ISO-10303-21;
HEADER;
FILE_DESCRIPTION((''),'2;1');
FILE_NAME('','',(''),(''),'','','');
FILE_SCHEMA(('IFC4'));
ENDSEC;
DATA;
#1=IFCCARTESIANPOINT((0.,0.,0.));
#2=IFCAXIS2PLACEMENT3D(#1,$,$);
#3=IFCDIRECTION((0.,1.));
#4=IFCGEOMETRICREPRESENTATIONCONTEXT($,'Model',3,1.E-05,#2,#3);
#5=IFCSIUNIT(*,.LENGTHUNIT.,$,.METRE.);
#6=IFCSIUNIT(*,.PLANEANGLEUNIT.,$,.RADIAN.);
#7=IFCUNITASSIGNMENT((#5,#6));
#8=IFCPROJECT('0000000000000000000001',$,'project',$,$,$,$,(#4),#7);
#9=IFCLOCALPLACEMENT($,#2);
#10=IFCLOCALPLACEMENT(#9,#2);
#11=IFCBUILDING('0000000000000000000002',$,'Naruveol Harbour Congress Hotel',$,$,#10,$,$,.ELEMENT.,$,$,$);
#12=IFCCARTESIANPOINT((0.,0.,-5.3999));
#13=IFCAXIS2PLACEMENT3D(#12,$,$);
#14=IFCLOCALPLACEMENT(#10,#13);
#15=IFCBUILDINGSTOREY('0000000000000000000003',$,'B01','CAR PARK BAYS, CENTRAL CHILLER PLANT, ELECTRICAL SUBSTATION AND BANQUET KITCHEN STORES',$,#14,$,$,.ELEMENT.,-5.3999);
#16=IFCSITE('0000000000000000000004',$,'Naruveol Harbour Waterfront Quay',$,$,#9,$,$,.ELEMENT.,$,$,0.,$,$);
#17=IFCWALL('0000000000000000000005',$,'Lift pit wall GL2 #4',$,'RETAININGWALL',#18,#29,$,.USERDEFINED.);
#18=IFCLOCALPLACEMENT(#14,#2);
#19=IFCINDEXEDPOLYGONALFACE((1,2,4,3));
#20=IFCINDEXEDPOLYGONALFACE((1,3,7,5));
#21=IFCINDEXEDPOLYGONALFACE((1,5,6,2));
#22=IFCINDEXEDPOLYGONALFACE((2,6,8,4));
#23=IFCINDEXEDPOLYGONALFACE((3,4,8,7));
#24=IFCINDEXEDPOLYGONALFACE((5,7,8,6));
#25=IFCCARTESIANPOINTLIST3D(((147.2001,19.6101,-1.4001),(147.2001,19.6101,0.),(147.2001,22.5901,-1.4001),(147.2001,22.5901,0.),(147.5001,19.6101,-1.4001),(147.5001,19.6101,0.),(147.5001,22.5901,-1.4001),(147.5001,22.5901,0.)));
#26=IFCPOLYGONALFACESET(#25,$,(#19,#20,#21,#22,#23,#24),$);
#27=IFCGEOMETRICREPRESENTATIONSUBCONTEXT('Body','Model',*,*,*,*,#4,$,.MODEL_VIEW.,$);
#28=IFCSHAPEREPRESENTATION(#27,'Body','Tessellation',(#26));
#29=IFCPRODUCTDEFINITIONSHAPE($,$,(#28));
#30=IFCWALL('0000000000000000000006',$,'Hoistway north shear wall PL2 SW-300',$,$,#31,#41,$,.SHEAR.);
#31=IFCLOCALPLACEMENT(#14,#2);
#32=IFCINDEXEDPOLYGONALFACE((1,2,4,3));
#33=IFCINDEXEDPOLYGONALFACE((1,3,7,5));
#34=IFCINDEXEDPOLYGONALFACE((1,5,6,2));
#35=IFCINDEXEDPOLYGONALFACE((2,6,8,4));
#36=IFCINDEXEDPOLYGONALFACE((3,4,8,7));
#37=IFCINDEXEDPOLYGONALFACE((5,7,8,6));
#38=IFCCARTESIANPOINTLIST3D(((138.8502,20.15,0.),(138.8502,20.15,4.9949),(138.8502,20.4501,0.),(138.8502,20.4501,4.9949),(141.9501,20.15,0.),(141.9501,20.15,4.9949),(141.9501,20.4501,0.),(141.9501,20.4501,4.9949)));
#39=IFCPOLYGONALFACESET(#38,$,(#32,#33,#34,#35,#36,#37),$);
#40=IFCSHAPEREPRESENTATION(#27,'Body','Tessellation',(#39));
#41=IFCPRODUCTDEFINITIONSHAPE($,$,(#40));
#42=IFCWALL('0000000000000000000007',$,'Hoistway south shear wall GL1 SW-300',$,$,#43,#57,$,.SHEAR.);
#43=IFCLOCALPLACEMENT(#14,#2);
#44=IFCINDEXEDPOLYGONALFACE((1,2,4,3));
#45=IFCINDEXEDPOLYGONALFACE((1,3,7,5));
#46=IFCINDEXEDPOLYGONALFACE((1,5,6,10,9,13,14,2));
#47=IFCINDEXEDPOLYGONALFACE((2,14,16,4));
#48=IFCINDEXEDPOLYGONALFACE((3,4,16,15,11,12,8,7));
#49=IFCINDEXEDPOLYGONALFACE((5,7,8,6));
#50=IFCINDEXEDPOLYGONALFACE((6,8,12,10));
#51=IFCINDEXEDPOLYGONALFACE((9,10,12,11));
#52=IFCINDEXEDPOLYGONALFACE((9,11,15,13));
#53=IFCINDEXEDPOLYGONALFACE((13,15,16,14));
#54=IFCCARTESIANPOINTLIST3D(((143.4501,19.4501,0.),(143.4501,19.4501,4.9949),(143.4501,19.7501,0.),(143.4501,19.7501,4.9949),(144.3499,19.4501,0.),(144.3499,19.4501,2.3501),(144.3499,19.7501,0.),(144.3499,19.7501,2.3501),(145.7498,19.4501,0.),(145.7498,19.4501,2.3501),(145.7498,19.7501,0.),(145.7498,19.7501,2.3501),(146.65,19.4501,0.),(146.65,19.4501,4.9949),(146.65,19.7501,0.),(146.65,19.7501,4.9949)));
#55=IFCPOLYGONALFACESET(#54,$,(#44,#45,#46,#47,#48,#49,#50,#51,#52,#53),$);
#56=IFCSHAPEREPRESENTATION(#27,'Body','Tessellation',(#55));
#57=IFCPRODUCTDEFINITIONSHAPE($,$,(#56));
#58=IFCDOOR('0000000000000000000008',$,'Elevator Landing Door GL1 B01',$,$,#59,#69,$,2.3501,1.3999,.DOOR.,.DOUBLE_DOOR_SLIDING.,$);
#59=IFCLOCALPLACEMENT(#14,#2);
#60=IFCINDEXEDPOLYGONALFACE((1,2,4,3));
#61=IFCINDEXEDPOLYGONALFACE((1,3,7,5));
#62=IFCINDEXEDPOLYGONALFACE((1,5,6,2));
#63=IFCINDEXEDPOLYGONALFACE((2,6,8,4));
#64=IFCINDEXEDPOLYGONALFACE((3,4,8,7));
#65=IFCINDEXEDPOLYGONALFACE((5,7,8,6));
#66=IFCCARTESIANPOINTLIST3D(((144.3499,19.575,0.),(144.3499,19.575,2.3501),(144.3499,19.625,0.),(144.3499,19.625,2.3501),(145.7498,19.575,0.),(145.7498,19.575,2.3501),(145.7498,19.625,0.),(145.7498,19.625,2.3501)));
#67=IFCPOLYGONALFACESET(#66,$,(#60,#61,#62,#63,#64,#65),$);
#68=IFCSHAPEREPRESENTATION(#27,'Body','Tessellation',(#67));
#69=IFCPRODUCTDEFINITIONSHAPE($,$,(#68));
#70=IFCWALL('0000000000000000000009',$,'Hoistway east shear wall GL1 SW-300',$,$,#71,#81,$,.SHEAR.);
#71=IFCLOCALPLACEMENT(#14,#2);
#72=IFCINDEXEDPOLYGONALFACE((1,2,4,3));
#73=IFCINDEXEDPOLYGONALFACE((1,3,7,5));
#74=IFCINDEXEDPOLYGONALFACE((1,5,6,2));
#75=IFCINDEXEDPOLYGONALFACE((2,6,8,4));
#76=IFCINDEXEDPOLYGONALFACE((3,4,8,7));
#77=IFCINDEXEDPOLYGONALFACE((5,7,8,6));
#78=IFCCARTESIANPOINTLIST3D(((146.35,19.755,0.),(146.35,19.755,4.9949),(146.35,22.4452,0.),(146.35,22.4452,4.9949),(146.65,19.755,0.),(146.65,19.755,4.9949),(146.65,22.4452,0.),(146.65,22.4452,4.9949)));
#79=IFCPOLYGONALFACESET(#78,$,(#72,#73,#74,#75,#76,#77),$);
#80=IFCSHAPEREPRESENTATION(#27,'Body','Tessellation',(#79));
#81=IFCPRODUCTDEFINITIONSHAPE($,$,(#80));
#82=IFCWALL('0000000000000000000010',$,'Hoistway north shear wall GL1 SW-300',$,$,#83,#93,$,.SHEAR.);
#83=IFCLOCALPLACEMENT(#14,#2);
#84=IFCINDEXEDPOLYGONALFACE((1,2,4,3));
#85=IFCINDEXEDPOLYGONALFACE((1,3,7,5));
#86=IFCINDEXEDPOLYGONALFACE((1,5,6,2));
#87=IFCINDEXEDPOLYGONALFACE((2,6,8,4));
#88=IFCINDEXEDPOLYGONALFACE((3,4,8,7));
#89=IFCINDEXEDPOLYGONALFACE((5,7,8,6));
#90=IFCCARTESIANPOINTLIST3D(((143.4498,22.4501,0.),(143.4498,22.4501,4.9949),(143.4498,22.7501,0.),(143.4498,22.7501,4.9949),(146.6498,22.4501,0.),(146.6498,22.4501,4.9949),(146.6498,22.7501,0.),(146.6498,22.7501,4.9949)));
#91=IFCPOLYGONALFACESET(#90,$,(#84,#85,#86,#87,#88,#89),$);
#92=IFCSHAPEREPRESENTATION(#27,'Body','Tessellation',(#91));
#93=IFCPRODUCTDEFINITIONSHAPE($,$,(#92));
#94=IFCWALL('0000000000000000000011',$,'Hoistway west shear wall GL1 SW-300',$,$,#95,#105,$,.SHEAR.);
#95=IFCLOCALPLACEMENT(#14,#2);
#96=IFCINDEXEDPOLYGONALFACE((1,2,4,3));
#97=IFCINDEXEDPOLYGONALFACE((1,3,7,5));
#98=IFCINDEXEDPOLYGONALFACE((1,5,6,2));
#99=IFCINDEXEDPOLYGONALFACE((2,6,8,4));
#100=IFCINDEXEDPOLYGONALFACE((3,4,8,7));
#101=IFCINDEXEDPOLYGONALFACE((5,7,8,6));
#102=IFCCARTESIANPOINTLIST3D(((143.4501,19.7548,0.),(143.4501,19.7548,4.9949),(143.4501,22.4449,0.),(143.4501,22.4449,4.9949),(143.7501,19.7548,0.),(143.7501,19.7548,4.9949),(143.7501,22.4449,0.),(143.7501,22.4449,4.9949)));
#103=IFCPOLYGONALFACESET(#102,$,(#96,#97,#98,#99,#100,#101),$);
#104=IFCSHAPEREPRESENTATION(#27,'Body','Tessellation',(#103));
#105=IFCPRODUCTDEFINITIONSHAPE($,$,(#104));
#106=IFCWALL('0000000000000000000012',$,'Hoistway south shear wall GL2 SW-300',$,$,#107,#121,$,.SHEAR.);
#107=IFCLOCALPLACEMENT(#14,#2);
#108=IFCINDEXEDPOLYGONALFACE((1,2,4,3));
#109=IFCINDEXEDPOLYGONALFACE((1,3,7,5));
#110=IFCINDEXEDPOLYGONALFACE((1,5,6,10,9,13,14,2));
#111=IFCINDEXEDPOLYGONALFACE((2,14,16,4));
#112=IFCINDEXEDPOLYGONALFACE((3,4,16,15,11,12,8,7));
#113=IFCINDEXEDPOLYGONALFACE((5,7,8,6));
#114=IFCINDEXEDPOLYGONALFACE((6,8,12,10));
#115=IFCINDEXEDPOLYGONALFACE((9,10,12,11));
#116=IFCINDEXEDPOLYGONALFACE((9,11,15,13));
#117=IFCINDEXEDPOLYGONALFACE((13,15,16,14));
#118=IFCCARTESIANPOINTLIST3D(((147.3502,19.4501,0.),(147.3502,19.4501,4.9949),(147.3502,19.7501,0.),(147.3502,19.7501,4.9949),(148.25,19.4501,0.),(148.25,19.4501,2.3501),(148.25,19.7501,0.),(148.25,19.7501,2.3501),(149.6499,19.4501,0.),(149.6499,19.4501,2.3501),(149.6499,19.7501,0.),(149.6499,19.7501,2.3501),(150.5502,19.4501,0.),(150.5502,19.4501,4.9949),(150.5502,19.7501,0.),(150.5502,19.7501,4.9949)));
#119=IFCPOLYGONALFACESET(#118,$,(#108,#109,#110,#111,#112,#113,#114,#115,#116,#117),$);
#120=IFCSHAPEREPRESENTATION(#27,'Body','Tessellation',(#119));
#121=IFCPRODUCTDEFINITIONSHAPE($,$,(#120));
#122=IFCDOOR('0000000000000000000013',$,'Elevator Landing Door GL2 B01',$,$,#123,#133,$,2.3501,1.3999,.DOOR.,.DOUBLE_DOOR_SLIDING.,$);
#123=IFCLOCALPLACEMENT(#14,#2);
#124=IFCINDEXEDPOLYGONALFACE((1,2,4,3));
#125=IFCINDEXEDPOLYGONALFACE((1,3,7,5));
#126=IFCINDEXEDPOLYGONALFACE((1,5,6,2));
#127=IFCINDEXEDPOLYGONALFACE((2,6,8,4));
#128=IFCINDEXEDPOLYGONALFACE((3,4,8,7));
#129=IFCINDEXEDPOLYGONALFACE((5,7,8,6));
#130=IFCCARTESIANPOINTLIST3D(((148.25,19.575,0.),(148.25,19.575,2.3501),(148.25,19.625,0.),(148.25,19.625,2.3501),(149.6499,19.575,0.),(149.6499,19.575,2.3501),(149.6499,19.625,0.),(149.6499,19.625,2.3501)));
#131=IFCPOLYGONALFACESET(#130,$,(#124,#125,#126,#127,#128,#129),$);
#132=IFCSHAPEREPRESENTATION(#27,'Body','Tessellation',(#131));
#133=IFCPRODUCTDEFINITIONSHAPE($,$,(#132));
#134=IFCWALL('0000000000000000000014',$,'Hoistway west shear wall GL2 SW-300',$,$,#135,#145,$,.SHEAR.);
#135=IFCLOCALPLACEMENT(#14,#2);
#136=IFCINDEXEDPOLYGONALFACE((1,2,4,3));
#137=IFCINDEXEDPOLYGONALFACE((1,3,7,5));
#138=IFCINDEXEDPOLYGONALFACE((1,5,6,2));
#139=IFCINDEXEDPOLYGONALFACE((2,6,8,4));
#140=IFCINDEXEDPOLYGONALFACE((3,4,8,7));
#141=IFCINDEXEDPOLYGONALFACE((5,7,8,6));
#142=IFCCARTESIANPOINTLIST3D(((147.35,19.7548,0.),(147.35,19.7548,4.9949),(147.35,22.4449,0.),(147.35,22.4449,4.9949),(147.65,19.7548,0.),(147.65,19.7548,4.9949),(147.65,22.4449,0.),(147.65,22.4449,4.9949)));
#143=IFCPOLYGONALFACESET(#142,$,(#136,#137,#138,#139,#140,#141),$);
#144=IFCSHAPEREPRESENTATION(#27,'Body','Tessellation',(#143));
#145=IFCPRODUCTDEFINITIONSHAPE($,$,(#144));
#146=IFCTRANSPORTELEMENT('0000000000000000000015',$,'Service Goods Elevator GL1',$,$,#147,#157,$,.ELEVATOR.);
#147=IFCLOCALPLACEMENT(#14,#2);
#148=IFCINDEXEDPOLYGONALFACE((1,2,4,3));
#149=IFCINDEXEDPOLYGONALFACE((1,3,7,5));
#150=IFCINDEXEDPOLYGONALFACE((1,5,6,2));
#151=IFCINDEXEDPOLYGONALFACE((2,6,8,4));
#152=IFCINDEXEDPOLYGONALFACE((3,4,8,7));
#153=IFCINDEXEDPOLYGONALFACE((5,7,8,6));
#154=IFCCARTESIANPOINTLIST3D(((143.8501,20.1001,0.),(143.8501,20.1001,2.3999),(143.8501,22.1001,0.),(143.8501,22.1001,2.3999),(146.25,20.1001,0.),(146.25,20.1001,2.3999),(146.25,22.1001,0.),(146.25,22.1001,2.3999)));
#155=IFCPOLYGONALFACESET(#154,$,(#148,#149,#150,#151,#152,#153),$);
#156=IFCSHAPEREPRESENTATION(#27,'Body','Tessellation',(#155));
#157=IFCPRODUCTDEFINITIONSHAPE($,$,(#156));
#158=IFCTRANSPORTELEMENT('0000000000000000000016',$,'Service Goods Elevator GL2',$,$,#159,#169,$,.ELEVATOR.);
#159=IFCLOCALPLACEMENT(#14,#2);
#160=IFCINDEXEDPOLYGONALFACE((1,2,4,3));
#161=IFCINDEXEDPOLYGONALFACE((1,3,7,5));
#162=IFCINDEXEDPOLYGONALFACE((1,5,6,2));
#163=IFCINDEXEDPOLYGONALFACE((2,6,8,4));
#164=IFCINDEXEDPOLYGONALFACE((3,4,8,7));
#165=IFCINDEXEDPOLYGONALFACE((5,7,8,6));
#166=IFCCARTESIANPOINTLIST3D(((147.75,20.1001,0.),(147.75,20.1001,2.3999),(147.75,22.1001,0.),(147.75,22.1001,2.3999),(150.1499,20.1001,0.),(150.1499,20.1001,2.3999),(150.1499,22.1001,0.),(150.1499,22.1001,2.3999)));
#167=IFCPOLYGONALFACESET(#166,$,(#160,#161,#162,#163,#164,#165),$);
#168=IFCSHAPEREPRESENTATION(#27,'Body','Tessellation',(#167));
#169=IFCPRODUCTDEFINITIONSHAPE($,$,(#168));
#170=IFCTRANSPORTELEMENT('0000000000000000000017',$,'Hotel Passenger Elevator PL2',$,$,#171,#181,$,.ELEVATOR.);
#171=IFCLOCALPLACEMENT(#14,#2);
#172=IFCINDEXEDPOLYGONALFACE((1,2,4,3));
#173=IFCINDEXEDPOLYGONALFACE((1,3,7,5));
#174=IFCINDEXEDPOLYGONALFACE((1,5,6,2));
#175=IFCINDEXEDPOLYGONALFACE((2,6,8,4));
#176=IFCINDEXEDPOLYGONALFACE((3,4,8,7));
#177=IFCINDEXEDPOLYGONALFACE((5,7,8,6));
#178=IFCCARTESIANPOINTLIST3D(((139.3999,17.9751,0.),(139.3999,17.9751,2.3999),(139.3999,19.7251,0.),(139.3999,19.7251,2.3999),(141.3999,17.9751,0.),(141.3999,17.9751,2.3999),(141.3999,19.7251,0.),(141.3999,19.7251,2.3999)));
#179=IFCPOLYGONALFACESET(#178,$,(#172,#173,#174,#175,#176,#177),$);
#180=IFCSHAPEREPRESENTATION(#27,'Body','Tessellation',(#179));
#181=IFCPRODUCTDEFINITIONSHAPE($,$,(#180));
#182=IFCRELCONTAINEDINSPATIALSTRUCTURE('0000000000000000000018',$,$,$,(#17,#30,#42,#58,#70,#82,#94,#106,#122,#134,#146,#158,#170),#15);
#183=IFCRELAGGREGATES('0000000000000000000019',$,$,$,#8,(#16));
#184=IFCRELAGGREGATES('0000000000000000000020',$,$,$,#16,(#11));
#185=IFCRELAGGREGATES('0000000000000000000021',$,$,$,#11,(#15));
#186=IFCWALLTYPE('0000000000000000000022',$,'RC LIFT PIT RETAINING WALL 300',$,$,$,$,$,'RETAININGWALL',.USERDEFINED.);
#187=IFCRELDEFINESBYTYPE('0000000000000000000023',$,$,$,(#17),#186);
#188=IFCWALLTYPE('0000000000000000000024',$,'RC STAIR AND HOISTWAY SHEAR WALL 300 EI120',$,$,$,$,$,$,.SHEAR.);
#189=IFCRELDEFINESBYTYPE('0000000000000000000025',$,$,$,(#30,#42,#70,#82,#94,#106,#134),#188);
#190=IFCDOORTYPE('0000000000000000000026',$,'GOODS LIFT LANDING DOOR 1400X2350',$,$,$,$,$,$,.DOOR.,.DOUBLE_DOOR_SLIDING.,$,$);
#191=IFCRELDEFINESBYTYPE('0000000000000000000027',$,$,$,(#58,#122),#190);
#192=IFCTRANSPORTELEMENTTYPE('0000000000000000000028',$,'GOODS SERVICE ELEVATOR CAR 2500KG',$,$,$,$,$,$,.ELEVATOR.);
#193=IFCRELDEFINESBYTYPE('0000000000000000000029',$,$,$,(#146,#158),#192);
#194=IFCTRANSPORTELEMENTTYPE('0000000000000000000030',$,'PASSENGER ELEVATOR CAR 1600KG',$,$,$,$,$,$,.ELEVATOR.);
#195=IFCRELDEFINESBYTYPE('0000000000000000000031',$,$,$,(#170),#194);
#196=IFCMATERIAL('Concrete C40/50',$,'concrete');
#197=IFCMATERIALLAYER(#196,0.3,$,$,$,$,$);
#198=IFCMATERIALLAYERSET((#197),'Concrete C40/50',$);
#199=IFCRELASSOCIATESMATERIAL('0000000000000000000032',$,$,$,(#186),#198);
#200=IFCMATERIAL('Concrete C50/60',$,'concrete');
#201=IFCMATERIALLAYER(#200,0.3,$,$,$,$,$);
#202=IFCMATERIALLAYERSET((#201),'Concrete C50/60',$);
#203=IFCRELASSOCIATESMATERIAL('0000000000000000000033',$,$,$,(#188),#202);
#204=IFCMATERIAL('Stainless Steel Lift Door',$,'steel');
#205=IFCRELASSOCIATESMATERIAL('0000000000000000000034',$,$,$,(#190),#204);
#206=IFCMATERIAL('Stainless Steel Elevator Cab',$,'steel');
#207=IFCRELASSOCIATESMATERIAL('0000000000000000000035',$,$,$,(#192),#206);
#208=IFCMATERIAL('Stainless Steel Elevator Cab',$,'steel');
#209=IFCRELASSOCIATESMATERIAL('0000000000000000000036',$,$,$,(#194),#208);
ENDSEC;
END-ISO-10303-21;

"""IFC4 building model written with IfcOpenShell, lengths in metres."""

from ifc_helpers import new_model, si_unit, direction, frame, frame_2d, origin, origin_2d, place, context, subcontext, project, spatial, rectangle, extrude, material, layer, layer_set, type_object, element, fill, save


model = new_model("IFC4")

# Units and contexts
model_context = context("Model", 3, precision=1e-05, world=origin(), true_north=direction((0.0, 1.0)))
body_context = subcontext(model_context, "Body", "Model", "MODEL_VIEW")
ifc_project = project(units=[si_unit("LENGTHUNIT", "METRE"), si_unit("PLANEANGLEUNIT", "RADIAN")], contexts=[model_context])

# Site, building, storey
site_placement = place(None, origin())
site = spatial("IfcSite", under=ifc_project, at=site_placement, Name="Naruveol Harbour Waterfront Quay", CompositionType="ELEMENT", RefElevation=0.0)
building_placement = place(site_placement, origin())
building = spatial("IfcBuilding", under=site, at=building_placement, Name="Naruveol Harbour Congress Hotel", CompositionType="ELEMENT")
storey_placement = place(building_placement, frame((0.0, 0.0, -5.3999)))
storey = spatial("IfcBuildingStorey", under=building, at=storey_placement, Name="B01", Description="CAR PARK BAYS, CENTRAL CHILLER PLANT, ELECTRICAL SUBSTATION AND BANQUET KITCHEN STORES", CompositionType="ELEMENT", Elevation=-5.3999)

# Walls
ifc_material_1 = material(Name="Concrete C40/50", Category="concrete")
ifc_layer_1 = layer(ifc_material_1, 0.3)
ifc_layer_set_1 = layer_set([ifc_layer_1], Name="Concrete C40/50")
wall_type_1 = type_object("IfcWallType", Name="RC LIFT PIT RETAINING WALL 300", ElementType="RETAININGWALL", PredefinedType="USERDEFINED", material=ifc_layer_set_1)
wall_1_placement = place(storey_placement, frame((147.3501, 22.5901, -1.4001), z_axis=(0.0, 0.0, 1.0), x_axis=(0.0, -1.0, 0.0)))
element("IfcWall", 1, at=wall_1_placement, inside=storey, type_object=wall_type_1, Name="Lift pit wall GL2 #4", ObjectType="RETAININGWALL", PredefinedType="USERDEFINED", context=body_context, shape_type="SweptSolid", body=[
    extrude(rectangle(XDim=2.98, YDim=0.3, at=frame_2d((1.49, 0.0))), origin(), (0.0, 0.0, 1.0), 1.4001),
])
ifc_material_2 = material(Name="Concrete C50/60", Category="concrete")
ifc_layer_2 = layer(ifc_material_2, 0.3)
ifc_layer_set_2 = layer_set([ifc_layer_2], Name="Concrete C50/60")
wall_type_2 = type_object("IfcWallType", Name="RC STAIR AND HOISTWAY SHEAR WALL 300 EI120", PredefinedType="SHEAR", material=ifc_layer_set_2)
wall_2_placement = place(storey_placement, frame((141.95, 20.3, 0.0), z_axis=(0.0, 0.0, 1.0), x_axis=(-1.0, 0.0, 0.0)))
element("IfcWall", 2, at=wall_2_placement, inside=storey, type_object=wall_type_2, Name="Hoistway north shear wall PL2 SW-300", PredefinedType="SHEAR", context=body_context, shape_type="SweptSolid", body=[
    extrude(rectangle(XDim=3.0999, YDim=0.3, at=frame_2d((1.5498, 0.0))), origin(), (0.0, 0.0, 1.0), 4.9949),
])

# Wall, opening, door
wall_3_placement = place(storey_placement, frame((143.45, 19.6001, 0.0), z_axis=(0.0, 0.0, 1.0), x_axis=(1.0, 0.0, 0.0)))
wall_3 = element("IfcWall", 3, at=wall_3_placement, inside=storey, type_object=wall_type_2, Name="Hoistway south shear wall GL1 SW-300", PredefinedType="SHEAR", context=body_context, shape_type="SweptSolid", body=[
    extrude(rectangle(XDim=3.2, YDim=0.3, at=frame_2d((1.6001, 0.0))), origin(), (0.0, 0.0, 1.0), 4.9949),
])
opening_1_placement = place(wall_3_placement, frame((0.8999, 0.0, 0.0)))
opening_1 = element("IfcOpeningElement", 4, at=opening_1_placement, cuts=wall_3, PredefinedType="OPENING", context=body_context, shape_type="SweptSolid", body=[
    extrude(rectangle(XDim=1.3999, YDim=2.3501, at=frame_2d((0.7, 1.175))), frame((0.0, 0.1599, 0.0), z_axis=(0.0, -1.0, 0.0), x_axis=(1.0, 0.0, 0.0)), (0.0, 0.0, 1.0), 0.3201),
])
ifc_material_3 = material(Name="Stainless Steel Lift Door", Category="steel")
door_type = type_object("IfcDoorType", Name="GOODS LIFT LANDING DOOR 1400X2350", OperationType="DOUBLE_DOOR_SLIDING", PredefinedType="DOOR", material=ifc_material_3)
door_1_placement = place(opening_1_placement, origin())
door_1 = element("IfcDoor", 5, at=door_1_placement, inside=storey, type_object=door_type, Name="Elevator Landing Door GL1 B01", OperationType="DOUBLE_DOOR_SLIDING", OverallHeight=2.3501, OverallWidth=1.3999, PredefinedType="DOOR", context=body_context, shape_type="SweptSolid", body=[
    extrude(rectangle(XDim=1.3999, YDim=2.3501, at=frame_2d((0.7, 1.175))), frame((0.0, 0.0249, 0.0), z_axis=(0.0, -1.0, 0.0), x_axis=(1.0, 0.0, 0.0)), (0.0, 0.0, 1.0), 0.05),
])
fill(opening_1, door_1)

# Walls
wall_4_placement = place(storey_placement, frame((146.5, 19.7549, 0.0), z_axis=(0.0, 0.0, 1.0), x_axis=(0.0, 1.0, 0.0)))
element("IfcWall", 6, at=wall_4_placement, inside=storey, type_object=wall_type_2, Name="Hoistway east shear wall GL1 SW-300", PredefinedType="SHEAR", context=body_context, shape_type="SweptSolid", body=[
    extrude(rectangle(XDim=2.6902, YDim=0.3, at=frame_2d((1.3452, 0.0))), origin(), (0.0, 0.0, 1.0), 4.9949),
])
wall_5_placement = place(storey_placement, frame((146.6499, 22.6001, 0.0), z_axis=(0.0, 0.0, 1.0), x_axis=(-1.0, 0.0, 0.0)))
element("IfcWall", 7, at=wall_5_placement, inside=storey, type_object=wall_type_2, Name="Hoistway north shear wall GL1 SW-300", PredefinedType="SHEAR", context=body_context, shape_type="SweptSolid", body=[
    extrude(rectangle(XDim=3.2, YDim=0.3, at=frame_2d((1.6001, 0.0))), origin(), (0.0, 0.0, 1.0), 4.9949),
])
wall_6_placement = place(storey_placement, frame((143.6001, 22.4451, 0.0), z_axis=(0.0, 0.0, 1.0), x_axis=(0.0, -1.0, 0.0)))
element("IfcWall", 8, at=wall_6_placement, inside=storey, type_object=wall_type_2, Name="Hoistway west shear wall GL1 SW-300", PredefinedType="SHEAR", context=body_context, shape_type="SweptSolid", body=[
    extrude(rectangle(XDim=2.6902, YDim=0.3, at=frame_2d((1.3452, 0.0))), origin(), (0.0, 0.0, 1.0), 4.9949),
])

# Wall, opening, door
wall_7_placement = place(storey_placement, frame((147.3501, 19.6001, 0.0), z_axis=(0.0, 0.0, 1.0), x_axis=(1.0, 0.0, 0.0)))
wall_7 = element("IfcWall", 9, at=wall_7_placement, inside=storey, type_object=wall_type_2, Name="Hoistway south shear wall GL2 SW-300", PredefinedType="SHEAR", context=body_context, shape_type="SweptSolid", body=[
    extrude(rectangle(XDim=3.2, YDim=0.3, at=frame_2d((1.6001, 0.0))), origin(), (0.0, 0.0, 1.0), 4.9949),
])
opening_2_placement = place(wall_7_placement, frame((0.8999, 0.0, 0.0)))
opening_2 = element("IfcOpeningElement", 10, at=opening_2_placement, cuts=wall_7, PredefinedType="OPENING", context=body_context, shape_type="SweptSolid", body=[
    extrude(rectangle(XDim=1.3999, YDim=2.3501, at=frame_2d((0.7, 1.175))), frame((0.0, 0.1599, 0.0), z_axis=(0.0, -1.0, 0.0), x_axis=(1.0, 0.0, 0.0)), (0.0, 0.0, 1.0), 0.3201),
])
door_2_placement = place(opening_2_placement, origin())
door_2 = element("IfcDoor", 11, at=door_2_placement, inside=storey, type_object=door_type, Name="Elevator Landing Door GL2 B01", OperationType="DOUBLE_DOOR_SLIDING", OverallHeight=2.3501, OverallWidth=1.3999, PredefinedType="DOOR", context=body_context, shape_type="SweptSolid", body=[
    extrude(rectangle(XDim=1.3999, YDim=2.3501, at=frame_2d((0.7, 1.175))), frame((0.0, 0.0249, 0.0), z_axis=(0.0, -1.0, 0.0), x_axis=(1.0, 0.0, 0.0)), (0.0, 0.0, 1.0), 0.05),
])
fill(opening_2, door_2)

# Wall
wall_8_placement = place(storey_placement, frame((147.5, 22.4451, 0.0), z_axis=(0.0, 0.0, 1.0), x_axis=(0.0, -1.0, 0.0)))
element("IfcWall", 12, at=wall_8_placement, inside=storey, type_object=wall_type_2, Name="Hoistway west shear wall GL2 SW-300", PredefinedType="SHEAR", context=body_context, shape_type="SweptSolid", body=[
    extrude(rectangle(XDim=2.6902, YDim=0.3, at=frame_2d((1.3452, 0.0))), origin(), (0.0, 0.0, 1.0), 4.9949),
])

# Transport elements
ifc_material_4 = material(Name="Stainless Steel Elevator Cab", Category="steel")
transport_element_type_1 = type_object("IfcTransportElementType", Name="GOODS SERVICE ELEVATOR CAR 2500KG", PredefinedType="ELEVATOR", material=ifc_material_4)
for number, where, z_axis, x_axis, name in (
    (13, (145.05, 21.1001, 0.0), (0.0, 0.0, 1.0), (1.0, 0.0, 0.0), "Service Goods Elevator GL1"),
    (14, (148.95, 21.1001, 0.0), (0.0, 0.0, 1.0), (1.0, 0.0, 0.0), "Service Goods Elevator GL2"),
):
    element("IfcTransportElement", number, at=place(storey_placement, frame(where, z_axis=z_axis, x_axis=x_axis)), inside=storey, type_object=transport_element_type_1, Name=name, PredefinedType="ELEVATOR", context=body_context, shape_type="SweptSolid", body=[
        extrude(rectangle(XDim=2.3999, YDim=2.0, at=origin_2d()), origin(), (0.0, 0.0, 1.0), 2.3999),
    ])
ifc_material_5 = material(Name="Stainless Steel Elevator Cab", Category="steel")
transport_element_type_2 = type_object("IfcTransportElementType", Name="PASSENGER ELEVATOR CAR 1600KG", PredefinedType="ELEVATOR", material=ifc_material_5)
transport_element_placement = place(storey_placement, frame((140.3999, 18.8501, 0.0), z_axis=(0.0, 0.0, 1.0), x_axis=(1.0, 0.0, 0.0)))
element("IfcTransportElement", 15, at=transport_element_placement, inside=storey, type_object=transport_element_type_2, Name="Hotel Passenger Elevator PL2", PredefinedType="ELEVATOR", context=body_context, shape_type="SweptSolid", body=[
    extrude(rectangle(XDim=2.0, YDim=1.75, at=origin_2d()), origin(), (0.0, 0.0, 1.0), 2.3999),
])

save(model, "model.ifc")
